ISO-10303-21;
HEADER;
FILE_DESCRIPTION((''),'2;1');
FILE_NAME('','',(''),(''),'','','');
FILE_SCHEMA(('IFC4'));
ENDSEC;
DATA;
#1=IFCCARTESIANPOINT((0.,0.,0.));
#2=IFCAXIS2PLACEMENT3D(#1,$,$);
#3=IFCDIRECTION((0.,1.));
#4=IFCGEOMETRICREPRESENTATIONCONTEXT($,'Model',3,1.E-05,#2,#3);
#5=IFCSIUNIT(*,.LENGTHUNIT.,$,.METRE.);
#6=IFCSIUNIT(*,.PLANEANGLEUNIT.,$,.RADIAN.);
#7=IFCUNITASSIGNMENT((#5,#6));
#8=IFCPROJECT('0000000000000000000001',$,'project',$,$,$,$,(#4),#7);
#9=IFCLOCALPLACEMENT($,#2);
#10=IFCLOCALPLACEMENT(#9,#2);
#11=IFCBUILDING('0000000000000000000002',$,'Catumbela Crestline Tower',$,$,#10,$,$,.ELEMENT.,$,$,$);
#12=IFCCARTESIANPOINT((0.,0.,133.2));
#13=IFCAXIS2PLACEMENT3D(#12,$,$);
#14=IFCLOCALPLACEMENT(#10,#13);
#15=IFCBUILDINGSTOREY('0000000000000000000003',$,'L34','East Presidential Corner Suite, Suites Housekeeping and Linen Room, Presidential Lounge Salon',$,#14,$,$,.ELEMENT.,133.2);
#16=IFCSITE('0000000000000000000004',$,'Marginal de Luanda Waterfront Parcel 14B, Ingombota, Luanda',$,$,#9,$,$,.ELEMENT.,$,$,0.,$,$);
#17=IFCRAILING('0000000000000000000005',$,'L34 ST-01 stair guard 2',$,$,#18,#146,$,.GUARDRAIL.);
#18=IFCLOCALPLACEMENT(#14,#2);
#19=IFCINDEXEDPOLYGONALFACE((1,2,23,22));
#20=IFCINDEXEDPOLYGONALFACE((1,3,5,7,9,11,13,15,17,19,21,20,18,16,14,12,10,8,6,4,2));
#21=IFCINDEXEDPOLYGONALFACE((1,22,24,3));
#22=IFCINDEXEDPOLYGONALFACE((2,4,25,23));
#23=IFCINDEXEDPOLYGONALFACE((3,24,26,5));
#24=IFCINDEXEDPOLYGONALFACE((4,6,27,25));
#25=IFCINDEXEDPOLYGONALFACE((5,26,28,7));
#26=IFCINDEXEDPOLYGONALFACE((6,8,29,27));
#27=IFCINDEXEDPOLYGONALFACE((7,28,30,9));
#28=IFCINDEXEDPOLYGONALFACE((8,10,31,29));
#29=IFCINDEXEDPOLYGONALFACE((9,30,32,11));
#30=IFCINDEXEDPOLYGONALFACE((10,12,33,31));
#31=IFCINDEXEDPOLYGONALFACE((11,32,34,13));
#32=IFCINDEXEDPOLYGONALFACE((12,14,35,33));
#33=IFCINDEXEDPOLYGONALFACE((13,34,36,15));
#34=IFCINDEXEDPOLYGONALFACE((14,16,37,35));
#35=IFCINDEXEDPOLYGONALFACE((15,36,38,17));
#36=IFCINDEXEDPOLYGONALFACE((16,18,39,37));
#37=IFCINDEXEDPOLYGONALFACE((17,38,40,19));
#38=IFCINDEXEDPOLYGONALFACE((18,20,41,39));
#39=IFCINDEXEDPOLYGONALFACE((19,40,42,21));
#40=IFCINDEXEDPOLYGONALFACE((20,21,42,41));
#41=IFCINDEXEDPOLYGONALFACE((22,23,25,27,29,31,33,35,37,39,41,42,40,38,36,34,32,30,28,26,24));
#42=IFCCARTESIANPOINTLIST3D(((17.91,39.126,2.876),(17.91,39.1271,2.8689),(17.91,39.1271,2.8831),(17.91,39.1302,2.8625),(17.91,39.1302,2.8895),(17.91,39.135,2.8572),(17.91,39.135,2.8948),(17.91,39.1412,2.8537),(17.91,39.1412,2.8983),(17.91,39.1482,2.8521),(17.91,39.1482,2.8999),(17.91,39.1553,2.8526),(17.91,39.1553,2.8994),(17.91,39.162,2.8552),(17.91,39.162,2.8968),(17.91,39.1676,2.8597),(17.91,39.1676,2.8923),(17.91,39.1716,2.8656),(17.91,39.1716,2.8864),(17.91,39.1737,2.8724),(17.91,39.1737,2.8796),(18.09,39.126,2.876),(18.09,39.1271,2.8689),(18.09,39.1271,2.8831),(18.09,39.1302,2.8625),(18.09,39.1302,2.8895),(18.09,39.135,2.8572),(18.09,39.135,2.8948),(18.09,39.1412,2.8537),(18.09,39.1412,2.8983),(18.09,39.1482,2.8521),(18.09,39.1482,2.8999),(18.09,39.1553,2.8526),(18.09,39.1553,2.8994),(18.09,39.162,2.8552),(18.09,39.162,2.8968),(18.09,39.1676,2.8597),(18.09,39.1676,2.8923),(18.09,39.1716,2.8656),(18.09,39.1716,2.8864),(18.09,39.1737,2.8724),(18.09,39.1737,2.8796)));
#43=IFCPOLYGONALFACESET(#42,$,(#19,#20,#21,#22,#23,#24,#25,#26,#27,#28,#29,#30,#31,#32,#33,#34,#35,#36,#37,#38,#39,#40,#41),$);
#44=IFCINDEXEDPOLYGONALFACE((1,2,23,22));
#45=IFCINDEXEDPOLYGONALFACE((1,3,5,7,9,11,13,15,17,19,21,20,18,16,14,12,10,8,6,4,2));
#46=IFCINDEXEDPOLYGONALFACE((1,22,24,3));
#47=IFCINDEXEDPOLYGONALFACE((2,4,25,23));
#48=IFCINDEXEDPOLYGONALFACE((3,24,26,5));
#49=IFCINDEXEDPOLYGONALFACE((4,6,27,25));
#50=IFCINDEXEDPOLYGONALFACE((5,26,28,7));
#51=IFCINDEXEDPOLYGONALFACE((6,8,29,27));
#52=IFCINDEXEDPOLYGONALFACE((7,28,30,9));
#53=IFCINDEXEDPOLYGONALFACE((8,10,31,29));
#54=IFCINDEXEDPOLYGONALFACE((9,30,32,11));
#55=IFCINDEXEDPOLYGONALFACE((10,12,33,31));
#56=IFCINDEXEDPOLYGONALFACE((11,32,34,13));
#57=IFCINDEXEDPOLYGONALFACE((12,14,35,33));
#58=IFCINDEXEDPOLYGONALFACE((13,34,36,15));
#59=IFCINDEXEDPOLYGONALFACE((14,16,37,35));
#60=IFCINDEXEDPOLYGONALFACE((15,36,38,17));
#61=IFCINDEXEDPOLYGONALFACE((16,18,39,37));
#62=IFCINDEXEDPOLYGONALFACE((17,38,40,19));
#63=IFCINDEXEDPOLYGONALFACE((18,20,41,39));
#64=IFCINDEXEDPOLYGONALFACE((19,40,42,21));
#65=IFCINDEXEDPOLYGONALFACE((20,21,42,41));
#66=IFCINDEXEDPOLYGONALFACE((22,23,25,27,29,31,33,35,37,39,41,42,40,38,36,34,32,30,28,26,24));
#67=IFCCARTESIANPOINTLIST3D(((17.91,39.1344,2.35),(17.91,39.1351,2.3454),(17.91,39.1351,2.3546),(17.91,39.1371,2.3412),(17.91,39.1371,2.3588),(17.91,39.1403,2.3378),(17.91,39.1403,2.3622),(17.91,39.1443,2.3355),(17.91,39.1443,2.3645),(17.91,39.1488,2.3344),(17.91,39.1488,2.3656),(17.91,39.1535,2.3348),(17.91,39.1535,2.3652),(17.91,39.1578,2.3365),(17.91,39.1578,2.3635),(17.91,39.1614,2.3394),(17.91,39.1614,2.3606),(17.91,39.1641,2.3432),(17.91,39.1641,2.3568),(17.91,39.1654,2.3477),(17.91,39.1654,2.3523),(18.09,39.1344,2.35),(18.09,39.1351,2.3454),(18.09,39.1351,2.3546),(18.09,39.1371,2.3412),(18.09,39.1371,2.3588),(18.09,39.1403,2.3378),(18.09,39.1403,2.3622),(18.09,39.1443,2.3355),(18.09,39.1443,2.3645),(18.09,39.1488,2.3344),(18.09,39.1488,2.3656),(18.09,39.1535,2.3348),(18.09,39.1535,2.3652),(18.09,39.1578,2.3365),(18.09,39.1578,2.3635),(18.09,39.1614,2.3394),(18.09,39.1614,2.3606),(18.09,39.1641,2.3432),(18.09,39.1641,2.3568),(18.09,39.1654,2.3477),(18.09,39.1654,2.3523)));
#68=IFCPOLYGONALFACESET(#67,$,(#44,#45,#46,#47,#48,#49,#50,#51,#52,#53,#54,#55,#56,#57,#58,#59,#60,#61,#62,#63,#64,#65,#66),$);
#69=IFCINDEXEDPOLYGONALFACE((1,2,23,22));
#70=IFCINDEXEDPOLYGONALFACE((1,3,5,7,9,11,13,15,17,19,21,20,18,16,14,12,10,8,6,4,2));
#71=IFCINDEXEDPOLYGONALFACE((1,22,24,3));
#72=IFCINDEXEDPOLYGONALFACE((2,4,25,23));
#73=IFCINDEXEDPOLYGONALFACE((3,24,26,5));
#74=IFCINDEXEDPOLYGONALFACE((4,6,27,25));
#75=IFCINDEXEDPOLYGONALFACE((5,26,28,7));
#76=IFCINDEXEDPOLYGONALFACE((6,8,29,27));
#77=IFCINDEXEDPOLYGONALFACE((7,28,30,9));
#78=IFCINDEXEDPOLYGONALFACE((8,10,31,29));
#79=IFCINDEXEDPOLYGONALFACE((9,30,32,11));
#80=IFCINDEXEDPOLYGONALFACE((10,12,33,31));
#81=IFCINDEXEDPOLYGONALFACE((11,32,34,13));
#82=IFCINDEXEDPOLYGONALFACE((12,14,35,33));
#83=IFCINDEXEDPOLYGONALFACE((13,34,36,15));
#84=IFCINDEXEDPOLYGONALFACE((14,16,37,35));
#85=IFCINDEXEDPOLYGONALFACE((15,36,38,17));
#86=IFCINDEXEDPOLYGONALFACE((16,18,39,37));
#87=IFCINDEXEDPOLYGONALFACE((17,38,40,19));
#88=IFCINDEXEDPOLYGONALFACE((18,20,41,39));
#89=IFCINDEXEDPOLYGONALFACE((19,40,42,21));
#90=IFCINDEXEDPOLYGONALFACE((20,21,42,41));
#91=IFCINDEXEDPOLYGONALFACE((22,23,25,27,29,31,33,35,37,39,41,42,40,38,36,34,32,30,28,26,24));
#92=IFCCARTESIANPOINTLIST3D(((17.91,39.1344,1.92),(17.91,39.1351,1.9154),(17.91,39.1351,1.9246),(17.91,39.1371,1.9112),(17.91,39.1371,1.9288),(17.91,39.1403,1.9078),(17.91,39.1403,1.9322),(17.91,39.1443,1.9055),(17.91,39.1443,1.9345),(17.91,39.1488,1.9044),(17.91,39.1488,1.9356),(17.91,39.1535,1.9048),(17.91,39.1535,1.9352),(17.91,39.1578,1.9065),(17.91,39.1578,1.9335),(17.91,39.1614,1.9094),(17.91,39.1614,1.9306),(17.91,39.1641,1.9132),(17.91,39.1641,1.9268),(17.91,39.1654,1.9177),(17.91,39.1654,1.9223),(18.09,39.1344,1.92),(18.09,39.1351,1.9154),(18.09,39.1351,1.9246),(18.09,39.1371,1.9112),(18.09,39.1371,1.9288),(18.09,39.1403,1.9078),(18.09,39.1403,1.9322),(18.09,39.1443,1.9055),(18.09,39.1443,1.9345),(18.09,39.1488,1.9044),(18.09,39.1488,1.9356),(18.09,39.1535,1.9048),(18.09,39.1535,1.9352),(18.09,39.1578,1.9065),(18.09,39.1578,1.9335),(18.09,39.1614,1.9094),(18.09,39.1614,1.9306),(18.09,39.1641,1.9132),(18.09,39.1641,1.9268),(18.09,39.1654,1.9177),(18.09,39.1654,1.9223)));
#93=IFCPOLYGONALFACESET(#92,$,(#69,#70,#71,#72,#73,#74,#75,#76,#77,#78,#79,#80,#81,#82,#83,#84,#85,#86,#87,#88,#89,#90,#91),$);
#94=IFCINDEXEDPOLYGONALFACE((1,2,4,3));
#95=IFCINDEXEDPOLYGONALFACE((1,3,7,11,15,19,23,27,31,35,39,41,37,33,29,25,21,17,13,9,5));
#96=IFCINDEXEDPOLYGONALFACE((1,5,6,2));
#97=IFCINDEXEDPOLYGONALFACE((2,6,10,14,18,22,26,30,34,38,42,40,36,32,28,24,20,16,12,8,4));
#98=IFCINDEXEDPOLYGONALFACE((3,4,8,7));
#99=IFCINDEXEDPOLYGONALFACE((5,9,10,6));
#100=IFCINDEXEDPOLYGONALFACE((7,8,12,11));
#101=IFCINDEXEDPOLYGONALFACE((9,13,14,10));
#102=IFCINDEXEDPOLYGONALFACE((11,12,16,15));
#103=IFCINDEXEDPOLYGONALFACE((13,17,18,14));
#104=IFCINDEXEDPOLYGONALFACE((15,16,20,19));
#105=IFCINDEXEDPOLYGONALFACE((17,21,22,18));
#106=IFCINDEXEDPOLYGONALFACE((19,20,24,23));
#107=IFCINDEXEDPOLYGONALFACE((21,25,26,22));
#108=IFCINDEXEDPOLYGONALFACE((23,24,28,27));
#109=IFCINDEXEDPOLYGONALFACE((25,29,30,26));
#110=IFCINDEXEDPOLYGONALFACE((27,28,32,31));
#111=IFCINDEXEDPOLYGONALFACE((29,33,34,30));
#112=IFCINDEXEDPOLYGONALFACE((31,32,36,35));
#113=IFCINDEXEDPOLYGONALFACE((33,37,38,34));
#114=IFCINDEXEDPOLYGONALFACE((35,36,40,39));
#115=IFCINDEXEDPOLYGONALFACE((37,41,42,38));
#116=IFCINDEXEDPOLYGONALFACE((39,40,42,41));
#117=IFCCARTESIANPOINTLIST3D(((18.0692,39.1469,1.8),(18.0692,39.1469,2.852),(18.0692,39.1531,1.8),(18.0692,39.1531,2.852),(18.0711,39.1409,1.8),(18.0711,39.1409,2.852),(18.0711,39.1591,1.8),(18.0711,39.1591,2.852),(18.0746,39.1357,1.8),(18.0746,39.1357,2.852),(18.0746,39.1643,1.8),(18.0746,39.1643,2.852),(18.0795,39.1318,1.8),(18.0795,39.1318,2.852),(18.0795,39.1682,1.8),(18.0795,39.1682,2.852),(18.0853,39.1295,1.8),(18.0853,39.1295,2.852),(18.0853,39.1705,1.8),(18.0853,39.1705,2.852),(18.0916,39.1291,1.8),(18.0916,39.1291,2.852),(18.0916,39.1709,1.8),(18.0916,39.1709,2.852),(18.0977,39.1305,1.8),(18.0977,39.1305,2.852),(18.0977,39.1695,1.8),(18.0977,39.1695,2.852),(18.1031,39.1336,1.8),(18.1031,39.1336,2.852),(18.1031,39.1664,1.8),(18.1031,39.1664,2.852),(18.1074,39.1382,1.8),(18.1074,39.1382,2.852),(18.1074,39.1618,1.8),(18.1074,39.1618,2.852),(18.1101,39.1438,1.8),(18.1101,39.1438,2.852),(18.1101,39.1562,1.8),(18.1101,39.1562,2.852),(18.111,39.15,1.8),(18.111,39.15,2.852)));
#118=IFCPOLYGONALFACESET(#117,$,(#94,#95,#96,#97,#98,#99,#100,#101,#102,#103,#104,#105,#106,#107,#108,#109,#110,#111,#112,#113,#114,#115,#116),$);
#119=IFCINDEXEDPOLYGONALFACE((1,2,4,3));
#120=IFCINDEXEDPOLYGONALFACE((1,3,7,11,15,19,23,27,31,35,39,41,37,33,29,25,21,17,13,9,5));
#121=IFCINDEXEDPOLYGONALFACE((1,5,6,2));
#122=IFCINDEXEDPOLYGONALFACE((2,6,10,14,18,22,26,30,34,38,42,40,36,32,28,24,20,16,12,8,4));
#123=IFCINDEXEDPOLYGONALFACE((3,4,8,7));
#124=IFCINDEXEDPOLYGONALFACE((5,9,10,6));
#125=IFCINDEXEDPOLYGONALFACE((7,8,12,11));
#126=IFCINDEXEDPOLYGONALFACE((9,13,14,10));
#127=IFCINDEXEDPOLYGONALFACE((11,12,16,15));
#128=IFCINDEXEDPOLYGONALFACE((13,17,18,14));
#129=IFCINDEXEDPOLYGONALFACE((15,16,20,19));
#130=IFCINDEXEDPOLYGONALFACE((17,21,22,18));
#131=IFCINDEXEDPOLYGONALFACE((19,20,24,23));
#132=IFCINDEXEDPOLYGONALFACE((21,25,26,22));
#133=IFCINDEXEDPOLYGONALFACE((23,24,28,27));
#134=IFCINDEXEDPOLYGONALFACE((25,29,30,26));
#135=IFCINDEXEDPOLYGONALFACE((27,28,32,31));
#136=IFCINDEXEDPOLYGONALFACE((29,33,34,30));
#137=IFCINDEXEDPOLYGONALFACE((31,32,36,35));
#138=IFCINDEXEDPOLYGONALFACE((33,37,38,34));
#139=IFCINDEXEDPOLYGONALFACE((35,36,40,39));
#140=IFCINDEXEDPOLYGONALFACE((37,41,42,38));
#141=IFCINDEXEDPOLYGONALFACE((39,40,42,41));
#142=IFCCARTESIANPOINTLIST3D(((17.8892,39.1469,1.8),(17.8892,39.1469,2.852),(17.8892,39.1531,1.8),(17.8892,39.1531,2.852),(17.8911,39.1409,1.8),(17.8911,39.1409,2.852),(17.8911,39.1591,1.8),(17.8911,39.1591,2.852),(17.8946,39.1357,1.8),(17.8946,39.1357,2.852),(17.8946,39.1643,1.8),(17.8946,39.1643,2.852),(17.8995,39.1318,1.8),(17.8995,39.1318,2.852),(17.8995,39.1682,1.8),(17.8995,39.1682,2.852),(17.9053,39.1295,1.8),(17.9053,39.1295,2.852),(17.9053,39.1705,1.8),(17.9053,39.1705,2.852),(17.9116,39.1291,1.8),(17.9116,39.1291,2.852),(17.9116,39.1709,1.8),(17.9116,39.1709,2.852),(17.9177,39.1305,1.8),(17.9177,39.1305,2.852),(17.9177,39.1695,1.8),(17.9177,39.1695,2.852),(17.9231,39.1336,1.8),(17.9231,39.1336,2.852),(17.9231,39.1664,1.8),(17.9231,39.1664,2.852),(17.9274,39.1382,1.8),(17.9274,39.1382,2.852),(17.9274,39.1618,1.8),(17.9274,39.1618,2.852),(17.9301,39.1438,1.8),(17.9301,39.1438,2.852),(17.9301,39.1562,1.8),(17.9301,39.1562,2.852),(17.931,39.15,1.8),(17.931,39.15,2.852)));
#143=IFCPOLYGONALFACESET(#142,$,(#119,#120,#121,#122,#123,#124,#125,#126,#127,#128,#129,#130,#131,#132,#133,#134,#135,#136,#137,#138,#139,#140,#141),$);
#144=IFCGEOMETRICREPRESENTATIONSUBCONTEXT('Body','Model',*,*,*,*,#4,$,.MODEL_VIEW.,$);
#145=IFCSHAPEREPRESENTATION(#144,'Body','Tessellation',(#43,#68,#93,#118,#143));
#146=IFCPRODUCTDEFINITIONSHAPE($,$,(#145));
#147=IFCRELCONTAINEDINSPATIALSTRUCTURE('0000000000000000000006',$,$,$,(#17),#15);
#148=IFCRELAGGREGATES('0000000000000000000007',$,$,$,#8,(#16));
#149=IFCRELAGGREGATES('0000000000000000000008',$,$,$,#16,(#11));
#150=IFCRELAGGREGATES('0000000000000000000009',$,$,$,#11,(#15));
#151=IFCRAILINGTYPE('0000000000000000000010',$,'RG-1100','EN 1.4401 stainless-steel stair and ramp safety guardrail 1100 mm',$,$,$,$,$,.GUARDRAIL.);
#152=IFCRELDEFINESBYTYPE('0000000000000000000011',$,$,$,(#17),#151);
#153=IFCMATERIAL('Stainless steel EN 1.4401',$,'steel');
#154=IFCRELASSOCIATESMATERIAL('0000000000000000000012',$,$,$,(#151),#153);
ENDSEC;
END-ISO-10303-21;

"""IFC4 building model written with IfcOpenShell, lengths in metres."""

from ifc_helpers import new_model, si_unit, direction, frame, origin, origin_2d, place, context, subcontext, project, spatial, circle, extrude, material, type_object, element, save


model = new_model("IFC4")

# Units and contexts
model_context = context("Model", 3, precision=1e-05, world=origin(), true_north=direction((0.0, 1.0)))
body_context = subcontext(model_context, "Body", "Model", "MODEL_VIEW")
ifc_project = project(units=[si_unit("LENGTHUNIT", "METRE"), si_unit("PLANEANGLEUNIT", "RADIAN")], contexts=[model_context])

# Site, building, storey
site_placement = place(None, origin())
site = spatial("IfcSite", under=ifc_project, at=site_placement, Name="Marginal de Luanda Waterfront Parcel 14B, Ingombota, Luanda", CompositionType="ELEMENT", RefElevation=0.0)
building_placement = place(site_placement, origin())
building = spatial("IfcBuilding", under=site, at=building_placement, Name="Catumbela Crestline Tower", CompositionType="ELEMENT")
storey_placement = place(building_placement, frame((0.0, 0.0, 133.2)))
storey = spatial("IfcBuildingStorey", under=building, at=storey_placement, Name="L34", Description="East Presidential Corner Suite, Suites Housekeeping and Linen Room, Presidential Lounge Salon", CompositionType="ELEMENT", Elevation=133.2)

# Railing
ifc_material_1 = material(Name="Stainless steel EN 1.4401", Category="steel")
railing_type_1 = type_object("IfcRailingType", Name="RG-1100", Description="EN 1.4401 stainless-steel stair and ramp safety guardrail 1100 mm", PredefinedType="GUARDRAIL", material=ifc_material_1)
railing_1_placement = place(storey_placement, frame((18.09, 39.15, 1.8)))
element("IfcRailing", 1, at=railing_1_placement, inside=storey, type_object=railing_type_1, Name="L34 ST-01 stair guard 2", PredefinedType="GUARDRAIL", context=body_context, shape_type="SweptSolid", body=[
    extrude(circle(Radius=0.024, at=origin_2d()), frame((0.0, 0.0, 1.076), z_axis=(-1.0, 0.0, 0.0), x_axis=(0.0, -1.0, 0.0)), (0.0, 0.0, 1.0), 0.18),
    extrude(circle(Radius=0.0156, at=origin_2d()), frame((0.0, 0.0, 0.55), z_axis=(-1.0, 0.0, 0.0), x_axis=(0.0, -1.0, 0.0)), (0.0, 0.0, 1.0), 0.18),
    extrude(circle(Radius=0.0156, at=origin_2d()), frame((0.0, 0.0, 0.12), z_axis=(-1.0, 0.0, 0.0), x_axis=(0.0, -1.0, 0.0)), (0.0, 0.0, 1.0), 0.18),
    extrude(circle(Radius=0.021, at=origin_2d()), origin(), (0.0, 0.0, 1.0), 1.052),
    extrude(circle(Radius=0.021, at=origin_2d()), frame((-0.18, 0.0, 0.0)), (0.0, 0.0, 1.0), 1.052),
])

save(model, "model.ifc")
